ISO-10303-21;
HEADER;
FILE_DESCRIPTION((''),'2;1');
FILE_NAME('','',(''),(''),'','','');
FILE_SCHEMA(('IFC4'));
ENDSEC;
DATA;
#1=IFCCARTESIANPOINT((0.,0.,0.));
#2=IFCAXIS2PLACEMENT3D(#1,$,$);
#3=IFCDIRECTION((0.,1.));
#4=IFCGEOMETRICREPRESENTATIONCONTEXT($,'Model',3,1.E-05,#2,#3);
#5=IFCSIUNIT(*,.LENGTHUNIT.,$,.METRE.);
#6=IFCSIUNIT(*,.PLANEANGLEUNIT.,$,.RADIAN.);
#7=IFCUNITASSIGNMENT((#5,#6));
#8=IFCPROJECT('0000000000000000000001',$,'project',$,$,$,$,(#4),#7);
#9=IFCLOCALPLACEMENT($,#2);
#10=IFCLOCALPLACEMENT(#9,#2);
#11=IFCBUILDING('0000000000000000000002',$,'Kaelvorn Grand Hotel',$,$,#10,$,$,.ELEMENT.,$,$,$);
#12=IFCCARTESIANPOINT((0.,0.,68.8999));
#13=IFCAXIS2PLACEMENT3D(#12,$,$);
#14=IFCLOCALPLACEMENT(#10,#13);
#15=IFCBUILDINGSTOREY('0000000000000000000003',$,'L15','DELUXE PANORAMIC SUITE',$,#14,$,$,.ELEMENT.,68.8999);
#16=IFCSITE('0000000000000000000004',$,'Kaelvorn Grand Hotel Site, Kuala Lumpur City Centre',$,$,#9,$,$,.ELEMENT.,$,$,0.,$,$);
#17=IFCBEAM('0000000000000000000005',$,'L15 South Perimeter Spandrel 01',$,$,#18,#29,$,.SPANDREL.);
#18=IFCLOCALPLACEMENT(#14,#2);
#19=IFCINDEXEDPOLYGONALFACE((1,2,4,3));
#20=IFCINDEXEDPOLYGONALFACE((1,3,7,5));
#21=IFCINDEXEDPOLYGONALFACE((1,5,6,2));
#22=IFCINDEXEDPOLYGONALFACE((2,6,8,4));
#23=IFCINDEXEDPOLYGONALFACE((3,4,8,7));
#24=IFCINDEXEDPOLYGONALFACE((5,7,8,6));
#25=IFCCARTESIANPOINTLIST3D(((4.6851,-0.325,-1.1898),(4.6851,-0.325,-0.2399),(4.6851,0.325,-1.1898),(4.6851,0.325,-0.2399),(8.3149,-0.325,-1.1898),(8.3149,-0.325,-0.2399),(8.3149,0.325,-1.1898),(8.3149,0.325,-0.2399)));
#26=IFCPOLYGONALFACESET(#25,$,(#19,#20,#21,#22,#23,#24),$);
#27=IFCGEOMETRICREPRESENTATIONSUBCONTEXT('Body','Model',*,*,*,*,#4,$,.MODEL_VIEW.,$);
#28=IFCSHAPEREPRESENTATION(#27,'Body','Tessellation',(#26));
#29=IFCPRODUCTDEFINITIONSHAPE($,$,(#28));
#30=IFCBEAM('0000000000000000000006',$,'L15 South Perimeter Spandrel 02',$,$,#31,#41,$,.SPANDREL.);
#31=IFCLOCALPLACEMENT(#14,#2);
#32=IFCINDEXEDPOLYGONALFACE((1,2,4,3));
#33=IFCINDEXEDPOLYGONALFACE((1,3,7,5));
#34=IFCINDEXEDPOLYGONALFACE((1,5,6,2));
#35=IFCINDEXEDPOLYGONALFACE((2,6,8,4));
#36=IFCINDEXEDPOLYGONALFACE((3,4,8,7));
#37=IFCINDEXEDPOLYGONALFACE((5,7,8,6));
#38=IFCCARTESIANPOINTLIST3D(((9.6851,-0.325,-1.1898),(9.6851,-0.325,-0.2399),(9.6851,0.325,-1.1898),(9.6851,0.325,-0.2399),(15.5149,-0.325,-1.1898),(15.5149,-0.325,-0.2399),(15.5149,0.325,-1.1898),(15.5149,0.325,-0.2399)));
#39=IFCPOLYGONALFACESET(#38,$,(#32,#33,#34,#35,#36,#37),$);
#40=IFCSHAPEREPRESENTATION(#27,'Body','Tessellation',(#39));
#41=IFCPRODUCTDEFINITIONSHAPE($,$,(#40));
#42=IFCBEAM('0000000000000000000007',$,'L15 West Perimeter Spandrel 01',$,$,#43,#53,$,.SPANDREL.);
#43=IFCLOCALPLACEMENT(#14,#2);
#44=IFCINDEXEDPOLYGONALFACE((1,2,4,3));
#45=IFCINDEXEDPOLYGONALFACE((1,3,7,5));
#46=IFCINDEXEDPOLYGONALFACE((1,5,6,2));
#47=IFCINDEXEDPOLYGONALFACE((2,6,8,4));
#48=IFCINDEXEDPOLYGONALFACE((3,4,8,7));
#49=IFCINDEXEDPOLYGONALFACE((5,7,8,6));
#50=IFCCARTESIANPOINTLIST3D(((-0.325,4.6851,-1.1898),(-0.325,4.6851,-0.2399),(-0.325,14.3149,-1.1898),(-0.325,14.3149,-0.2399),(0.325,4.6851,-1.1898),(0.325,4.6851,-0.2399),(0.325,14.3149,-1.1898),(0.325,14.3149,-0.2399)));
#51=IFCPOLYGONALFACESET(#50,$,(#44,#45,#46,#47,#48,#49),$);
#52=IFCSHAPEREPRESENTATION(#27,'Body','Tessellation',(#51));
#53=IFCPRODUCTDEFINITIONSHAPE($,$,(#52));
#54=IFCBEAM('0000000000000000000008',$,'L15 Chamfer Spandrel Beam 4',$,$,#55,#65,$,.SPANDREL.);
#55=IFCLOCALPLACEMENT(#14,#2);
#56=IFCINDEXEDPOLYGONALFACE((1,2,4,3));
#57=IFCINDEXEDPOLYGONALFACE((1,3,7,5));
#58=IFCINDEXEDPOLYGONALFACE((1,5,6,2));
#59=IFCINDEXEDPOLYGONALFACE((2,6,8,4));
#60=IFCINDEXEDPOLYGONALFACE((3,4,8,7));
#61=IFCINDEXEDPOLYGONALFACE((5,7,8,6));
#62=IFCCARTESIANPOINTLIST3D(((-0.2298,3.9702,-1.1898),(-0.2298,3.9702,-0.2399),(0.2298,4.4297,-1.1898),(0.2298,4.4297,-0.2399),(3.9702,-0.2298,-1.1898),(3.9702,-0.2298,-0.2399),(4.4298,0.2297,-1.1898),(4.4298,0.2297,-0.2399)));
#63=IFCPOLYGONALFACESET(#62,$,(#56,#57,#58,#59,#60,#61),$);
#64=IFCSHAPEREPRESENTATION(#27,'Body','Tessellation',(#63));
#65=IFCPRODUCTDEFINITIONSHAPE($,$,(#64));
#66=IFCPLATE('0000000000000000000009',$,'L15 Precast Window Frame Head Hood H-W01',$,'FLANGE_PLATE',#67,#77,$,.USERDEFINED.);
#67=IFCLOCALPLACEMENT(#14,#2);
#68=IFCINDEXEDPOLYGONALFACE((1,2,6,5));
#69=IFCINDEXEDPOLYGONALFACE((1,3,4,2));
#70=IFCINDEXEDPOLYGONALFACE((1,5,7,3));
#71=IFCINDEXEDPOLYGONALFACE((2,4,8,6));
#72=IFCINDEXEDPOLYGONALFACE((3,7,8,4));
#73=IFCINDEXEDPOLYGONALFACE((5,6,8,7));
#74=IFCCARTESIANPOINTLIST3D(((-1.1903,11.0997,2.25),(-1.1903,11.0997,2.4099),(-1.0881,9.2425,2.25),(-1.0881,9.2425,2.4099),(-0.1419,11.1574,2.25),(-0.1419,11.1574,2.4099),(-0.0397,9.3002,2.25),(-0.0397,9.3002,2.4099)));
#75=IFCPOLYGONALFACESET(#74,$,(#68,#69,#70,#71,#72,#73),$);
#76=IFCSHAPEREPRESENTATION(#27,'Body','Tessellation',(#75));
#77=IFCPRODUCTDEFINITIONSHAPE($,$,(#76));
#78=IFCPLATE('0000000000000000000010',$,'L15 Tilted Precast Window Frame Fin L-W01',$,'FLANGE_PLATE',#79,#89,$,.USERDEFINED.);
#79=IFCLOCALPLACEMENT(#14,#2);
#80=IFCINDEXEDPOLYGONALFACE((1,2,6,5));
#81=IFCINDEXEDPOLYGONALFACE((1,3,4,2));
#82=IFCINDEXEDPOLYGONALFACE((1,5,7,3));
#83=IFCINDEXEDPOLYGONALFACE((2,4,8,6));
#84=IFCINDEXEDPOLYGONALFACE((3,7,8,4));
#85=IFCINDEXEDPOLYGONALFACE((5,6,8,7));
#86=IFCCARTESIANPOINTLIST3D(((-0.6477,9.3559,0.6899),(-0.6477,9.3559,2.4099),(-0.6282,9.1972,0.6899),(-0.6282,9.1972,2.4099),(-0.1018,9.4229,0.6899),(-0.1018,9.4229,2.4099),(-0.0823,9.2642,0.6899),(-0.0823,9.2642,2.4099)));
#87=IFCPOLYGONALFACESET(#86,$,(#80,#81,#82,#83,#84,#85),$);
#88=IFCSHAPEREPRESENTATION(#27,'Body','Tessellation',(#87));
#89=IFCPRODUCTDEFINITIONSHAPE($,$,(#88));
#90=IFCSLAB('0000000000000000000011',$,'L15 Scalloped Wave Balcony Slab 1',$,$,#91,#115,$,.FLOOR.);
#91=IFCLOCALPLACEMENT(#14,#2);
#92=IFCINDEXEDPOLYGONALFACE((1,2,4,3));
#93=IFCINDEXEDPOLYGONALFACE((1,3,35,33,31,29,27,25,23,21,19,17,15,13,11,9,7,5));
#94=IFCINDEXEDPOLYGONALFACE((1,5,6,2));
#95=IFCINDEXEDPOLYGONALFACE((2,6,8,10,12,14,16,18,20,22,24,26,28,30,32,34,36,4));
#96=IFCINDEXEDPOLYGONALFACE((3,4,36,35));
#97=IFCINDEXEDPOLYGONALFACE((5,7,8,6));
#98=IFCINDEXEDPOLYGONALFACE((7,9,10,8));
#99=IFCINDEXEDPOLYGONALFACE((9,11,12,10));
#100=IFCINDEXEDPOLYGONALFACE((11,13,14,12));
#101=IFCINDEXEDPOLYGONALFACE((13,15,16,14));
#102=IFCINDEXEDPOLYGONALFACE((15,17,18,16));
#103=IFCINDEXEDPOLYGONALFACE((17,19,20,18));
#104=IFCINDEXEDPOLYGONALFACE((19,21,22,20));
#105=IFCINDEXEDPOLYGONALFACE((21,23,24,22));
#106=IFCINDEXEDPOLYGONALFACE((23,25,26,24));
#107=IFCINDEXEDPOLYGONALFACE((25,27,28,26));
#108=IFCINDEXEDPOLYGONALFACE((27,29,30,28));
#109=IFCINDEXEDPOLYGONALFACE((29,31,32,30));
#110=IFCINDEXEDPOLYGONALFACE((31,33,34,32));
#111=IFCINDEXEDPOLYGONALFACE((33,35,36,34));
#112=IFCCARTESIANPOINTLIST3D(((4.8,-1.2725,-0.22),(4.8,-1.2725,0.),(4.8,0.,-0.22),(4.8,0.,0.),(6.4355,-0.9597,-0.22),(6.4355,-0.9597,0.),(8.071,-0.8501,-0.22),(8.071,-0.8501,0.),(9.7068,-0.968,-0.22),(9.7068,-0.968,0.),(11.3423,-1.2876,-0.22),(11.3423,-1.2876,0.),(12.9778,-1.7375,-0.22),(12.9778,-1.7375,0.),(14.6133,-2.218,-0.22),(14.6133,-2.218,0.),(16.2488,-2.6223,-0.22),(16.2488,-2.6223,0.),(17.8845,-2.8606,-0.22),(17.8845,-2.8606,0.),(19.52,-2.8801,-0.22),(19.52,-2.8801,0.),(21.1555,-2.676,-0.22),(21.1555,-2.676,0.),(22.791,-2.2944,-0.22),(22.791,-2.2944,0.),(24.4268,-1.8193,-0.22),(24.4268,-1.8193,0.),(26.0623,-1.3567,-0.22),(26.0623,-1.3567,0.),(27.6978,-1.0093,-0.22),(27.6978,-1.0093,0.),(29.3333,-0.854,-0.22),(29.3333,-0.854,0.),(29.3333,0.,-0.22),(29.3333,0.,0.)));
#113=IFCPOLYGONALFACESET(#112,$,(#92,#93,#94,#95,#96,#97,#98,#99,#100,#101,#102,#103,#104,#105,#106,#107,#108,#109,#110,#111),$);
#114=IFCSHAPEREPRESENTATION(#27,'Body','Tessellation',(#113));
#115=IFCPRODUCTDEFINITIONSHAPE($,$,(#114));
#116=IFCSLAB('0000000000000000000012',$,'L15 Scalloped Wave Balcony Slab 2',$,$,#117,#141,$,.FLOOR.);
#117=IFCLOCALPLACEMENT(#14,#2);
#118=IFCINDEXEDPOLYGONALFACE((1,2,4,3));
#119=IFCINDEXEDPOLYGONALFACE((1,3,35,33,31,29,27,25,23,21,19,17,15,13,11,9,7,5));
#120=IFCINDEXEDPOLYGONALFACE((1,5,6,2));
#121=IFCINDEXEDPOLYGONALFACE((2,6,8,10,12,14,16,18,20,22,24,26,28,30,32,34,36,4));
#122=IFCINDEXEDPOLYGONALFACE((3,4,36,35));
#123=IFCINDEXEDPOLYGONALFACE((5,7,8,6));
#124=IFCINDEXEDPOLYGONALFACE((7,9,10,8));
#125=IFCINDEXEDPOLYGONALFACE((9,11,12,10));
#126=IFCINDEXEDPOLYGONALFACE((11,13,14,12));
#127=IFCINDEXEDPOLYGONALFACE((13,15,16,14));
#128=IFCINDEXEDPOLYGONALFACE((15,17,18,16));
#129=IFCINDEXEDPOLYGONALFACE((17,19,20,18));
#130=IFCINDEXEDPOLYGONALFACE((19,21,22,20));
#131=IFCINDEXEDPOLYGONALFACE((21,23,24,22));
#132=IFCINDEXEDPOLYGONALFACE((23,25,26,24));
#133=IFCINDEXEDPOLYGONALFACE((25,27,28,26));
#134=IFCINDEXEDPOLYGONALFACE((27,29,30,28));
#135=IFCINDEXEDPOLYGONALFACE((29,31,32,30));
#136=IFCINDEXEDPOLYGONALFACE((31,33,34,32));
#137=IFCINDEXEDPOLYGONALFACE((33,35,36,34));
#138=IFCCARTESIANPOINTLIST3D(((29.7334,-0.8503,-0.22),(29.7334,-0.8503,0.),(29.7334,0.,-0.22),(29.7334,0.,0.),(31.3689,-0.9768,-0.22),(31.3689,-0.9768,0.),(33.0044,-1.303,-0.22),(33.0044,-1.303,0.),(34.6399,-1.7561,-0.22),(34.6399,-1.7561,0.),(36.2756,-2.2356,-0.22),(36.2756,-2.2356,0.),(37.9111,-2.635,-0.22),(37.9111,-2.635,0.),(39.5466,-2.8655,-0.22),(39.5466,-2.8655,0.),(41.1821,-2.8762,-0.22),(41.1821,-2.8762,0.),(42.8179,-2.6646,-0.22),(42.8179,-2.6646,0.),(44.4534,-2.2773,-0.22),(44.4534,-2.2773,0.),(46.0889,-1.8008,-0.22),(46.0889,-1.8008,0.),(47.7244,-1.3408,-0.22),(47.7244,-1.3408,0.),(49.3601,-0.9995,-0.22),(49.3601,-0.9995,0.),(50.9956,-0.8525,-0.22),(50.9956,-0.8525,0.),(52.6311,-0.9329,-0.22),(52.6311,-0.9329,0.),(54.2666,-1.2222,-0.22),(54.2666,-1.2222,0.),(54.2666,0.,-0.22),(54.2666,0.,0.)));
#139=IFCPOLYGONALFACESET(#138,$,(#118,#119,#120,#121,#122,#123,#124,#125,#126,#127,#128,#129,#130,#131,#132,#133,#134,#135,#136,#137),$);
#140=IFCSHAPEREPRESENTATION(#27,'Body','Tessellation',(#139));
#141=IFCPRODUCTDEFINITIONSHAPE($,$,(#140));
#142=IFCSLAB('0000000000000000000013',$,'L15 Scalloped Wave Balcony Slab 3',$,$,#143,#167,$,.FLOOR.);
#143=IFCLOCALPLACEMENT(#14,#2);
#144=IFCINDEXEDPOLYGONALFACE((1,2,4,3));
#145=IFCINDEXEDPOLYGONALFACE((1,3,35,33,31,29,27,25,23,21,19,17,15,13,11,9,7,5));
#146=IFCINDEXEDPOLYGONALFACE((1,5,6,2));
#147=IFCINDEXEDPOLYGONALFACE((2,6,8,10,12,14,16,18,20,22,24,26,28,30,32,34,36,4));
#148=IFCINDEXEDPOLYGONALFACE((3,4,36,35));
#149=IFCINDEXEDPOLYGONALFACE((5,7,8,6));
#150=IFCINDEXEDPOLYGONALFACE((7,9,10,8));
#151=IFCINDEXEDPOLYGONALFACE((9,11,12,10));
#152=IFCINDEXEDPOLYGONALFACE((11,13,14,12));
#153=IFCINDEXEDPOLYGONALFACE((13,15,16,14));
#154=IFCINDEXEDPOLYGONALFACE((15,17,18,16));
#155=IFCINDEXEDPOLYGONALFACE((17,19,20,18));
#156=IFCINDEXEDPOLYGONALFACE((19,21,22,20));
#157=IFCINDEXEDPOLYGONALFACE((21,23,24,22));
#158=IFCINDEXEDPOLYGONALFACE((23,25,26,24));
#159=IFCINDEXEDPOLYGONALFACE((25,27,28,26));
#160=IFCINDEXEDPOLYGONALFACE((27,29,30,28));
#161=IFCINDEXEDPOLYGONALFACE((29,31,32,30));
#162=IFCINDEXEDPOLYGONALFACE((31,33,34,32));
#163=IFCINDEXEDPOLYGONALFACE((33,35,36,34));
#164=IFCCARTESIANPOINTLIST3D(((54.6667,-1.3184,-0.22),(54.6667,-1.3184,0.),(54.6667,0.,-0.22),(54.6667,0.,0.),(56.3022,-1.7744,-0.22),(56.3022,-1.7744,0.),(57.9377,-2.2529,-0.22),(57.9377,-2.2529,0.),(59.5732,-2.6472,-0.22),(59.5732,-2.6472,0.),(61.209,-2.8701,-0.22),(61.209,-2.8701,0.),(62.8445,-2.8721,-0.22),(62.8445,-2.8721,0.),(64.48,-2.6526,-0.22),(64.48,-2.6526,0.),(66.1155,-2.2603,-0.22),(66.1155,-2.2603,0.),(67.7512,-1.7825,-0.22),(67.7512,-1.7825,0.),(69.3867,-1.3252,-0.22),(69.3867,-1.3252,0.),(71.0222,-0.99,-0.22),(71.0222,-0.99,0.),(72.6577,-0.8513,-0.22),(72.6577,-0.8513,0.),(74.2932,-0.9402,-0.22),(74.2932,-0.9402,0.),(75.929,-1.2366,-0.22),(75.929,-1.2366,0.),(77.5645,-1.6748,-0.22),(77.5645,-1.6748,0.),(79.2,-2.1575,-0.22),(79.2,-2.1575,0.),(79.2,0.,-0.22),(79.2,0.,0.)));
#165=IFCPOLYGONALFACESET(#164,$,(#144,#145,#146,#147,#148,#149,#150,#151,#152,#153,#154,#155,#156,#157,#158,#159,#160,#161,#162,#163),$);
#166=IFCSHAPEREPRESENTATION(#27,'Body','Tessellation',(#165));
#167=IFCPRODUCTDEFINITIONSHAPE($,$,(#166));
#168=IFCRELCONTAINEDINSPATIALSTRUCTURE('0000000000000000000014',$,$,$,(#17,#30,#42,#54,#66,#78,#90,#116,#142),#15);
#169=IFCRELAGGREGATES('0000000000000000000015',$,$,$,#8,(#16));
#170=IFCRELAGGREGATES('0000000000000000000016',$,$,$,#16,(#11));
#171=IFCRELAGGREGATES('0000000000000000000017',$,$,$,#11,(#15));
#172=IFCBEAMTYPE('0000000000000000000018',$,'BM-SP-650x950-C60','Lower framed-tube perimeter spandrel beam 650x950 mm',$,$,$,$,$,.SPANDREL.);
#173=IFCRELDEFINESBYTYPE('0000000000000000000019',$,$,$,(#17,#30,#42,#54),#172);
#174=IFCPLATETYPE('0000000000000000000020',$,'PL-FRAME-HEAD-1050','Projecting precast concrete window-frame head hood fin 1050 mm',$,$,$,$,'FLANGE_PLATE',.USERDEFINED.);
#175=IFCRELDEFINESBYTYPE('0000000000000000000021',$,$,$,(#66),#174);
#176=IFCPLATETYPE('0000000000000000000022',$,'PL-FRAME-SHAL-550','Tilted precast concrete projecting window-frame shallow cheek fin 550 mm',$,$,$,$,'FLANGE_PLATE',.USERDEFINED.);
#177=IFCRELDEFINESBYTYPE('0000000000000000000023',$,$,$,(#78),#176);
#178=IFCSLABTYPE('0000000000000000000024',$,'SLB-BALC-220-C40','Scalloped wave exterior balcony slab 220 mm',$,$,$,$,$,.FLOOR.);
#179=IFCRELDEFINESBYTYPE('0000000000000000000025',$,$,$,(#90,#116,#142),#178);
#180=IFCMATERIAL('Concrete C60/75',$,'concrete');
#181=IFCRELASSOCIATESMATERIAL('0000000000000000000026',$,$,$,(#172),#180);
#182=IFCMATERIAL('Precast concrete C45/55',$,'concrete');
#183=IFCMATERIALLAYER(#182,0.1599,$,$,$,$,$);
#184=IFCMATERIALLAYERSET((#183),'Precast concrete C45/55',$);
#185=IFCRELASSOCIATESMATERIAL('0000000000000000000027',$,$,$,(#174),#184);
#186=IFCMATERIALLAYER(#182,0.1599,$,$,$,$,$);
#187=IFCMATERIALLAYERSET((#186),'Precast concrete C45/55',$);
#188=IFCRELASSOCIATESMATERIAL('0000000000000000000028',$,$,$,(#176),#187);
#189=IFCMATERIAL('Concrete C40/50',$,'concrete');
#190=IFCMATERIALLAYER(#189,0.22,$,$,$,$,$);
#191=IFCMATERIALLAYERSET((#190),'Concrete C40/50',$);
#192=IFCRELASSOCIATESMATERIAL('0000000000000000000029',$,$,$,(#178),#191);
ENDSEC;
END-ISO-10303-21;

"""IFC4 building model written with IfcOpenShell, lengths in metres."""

from ifc_helpers import new_model, si_unit, direction, frame, origin, origin_2d, place, context, subcontext, project, spatial, polyline, rectangle, outline, extrude, material, layer, layer_set, material_profile, profile_set, type_object, element, save


model = new_model("IFC4")

# Units and contexts
model_context = context("Model", 3, precision=1e-05, world=origin(), true_north=direction((0.0, 1.0)))
body_context = subcontext(model_context, "Body", "Model", "MODEL_VIEW")
ifc_project = project(units=[si_unit("LENGTHUNIT", "METRE"), si_unit("PLANEANGLEUNIT", "RADIAN")], contexts=[model_context])

# Site, building, storey
site_placement = place(None, origin())
site = spatial("IfcSite", under=ifc_project, at=site_placement, Name="Kaelvorn Grand Hotel Site, Kuala Lumpur City Centre", CompositionType="ELEMENT", RefElevation=0.0)
building_placement = place(site_placement, origin())
building = spatial("IfcBuilding", under=site, at=building_placement, Name="Kaelvorn Grand Hotel", CompositionType="ELEMENT")
storey_placement = place(building_placement, frame((0.0, 0.0, 68.8999)))
storey = spatial("IfcBuildingStorey", under=building, at=storey_placement, Name="L15", Description="DELUXE PANORAMIC SUITE", CompositionType="ELEMENT", Elevation=68.8999)

# Beams
ifc_material_1 = material(Name="Concrete C60/75", Category="concrete")
ifc_material_profile_1 = material_profile(ifc_material_1, rectangle(XDim=0.6499, YDim=0.95, at=origin_2d()), Name="RC SPANDREL 650x950")
ifc_profile_set_1 = profile_set([ifc_material_profile_1], Name="Concrete C60/75")
beam_type_1 = type_object("IfcBeamType", Name="BM-SP-650x950-C60", Description="Lower framed-tube perimeter spandrel beam 650x950 mm", PredefinedType="SPANDREL", material=ifc_profile_set_1)
beam_1_placement = place(storey_placement, frame((4.6851, 0.0, -0.7148), z_axis=(1.0, 0.0, 0.0), x_axis=(0.0, 1.0, 0.0)))
element("IfcBeam", 1, at=beam_1_placement, inside=storey, type_object=beam_type_1, Name="L15 South Perimeter Spandrel 01", PredefinedType="SPANDREL", context=body_context, shape_type="SweptSolid", body=[
    extrude(rectangle(XDim=0.6499, YDim=0.95, at=origin_2d()), origin(), (0.0, 0.0, 1.0), 3.6299),
])
beam_2_placement = place(storey_placement, frame((9.6851, 0.0, -0.7148), z_axis=(1.0, 0.0, 0.0), x_axis=(0.0, 1.0, 0.0)))
element("IfcBeam", 2, at=beam_2_placement, inside=storey, type_object=beam_type_1, Name="L15 South Perimeter Spandrel 02", PredefinedType="SPANDREL", context=body_context, shape_type="SweptSolid", body=[
    extrude(rectangle(XDim=0.6499, YDim=0.95, at=origin_2d()), origin(), (0.0, 0.0, 1.0), 5.8298),
])
beam_3_placement = place(storey_placement, frame((0.0, 4.6851, -0.7148), z_axis=(0.0, 1.0, 0.0), x_axis=(-1.0, 0.0, 0.0)))
element("IfcBeam", 3, at=beam_3_placement, inside=storey, type_object=beam_type_1, Name="L15 West Perimeter Spandrel 01", PredefinedType="SPANDREL", context=body_context, shape_type="SweptSolid", body=[
    extrude(rectangle(XDim=0.6499, YDim=0.95, at=origin_2d()), origin(), (0.0, 0.0, 1.0), 9.6299),
])
beam_4_placement = place(storey_placement, frame((0.0, 4.2, -0.7148), z_axis=(0.707107, -0.707107, 0.0), x_axis=(0.707107, 0.707107, 0.0)))
element("IfcBeam", 4, at=beam_4_placement, inside=storey, type_object=beam_type_1, Name="L15 Chamfer Spandrel Beam 4", PredefinedType="SPANDREL", context=body_context, shape_type="SweptSolid", body=[
    extrude(rectangle(XDim=0.6499, YDim=0.95, at=origin_2d()), origin(), (0.0, 0.0, 1.0), 5.9397),
])

# Plates
ifc_material_2 = material(Name="Precast concrete C45/55", Category="concrete")
ifc_layer_1 = layer(ifc_material_2, 0.1599)
ifc_layer_set_1 = layer_set([ifc_layer_1], Name="Precast concrete C45/55")
plate_type_1 = type_object("IfcPlateType", Name="PL-FRAME-HEAD-1050", Description="Projecting precast concrete window-frame head hood fin 1050 mm", ElementType="FLANGE_PLATE", PredefinedType="USERDEFINED", material=ifc_layer_set_1)
plate_1_placement = place(storey_placement, frame((-0.615, 10.2, 2.25), z_axis=(0.0, 0.0, 1.0), x_axis=(-0.05495, 0.998489, 0.0)))
element("IfcPlate", 5, at=plate_1_placement, inside=storey, type_object=plate_type_1, Name="L15 Precast Window Frame Head Hood H-W01", ObjectType="FLANGE_PLATE", PredefinedType="USERDEFINED", context=body_context, shape_type="SweptSolid", body=[
    extrude(rectangle(XDim=1.8601, YDim=1.05, at=origin_2d()), origin(), (0.0, 0.0, 1.0), 0.1599),
])
ifc_layer_2 = layer(ifc_material_2, 0.1599)
ifc_layer_set_2 = layer_set([ifc_layer_2], Name="Precast concrete C45/55")
plate_type_2 = type_object("IfcPlateType", Name="PL-FRAME-SHAL-550", Description="Tilted precast concrete projecting window-frame shallow cheek fin 550 mm", ElementType="FLANGE_PLATE", PredefinedType="USERDEFINED", material=ifc_layer_set_2)
plate_2_placement = place(storey_placement, frame((-0.365, 9.3101, 0.6899), z_axis=(0.0, 0.0, 1.0), x_axis=(-0.121869, 0.992546, 0.0)))
element("IfcPlate", 6, at=plate_2_placement, inside=storey, type_object=plate_type_2, Name="L15 Tilted Precast Window Frame Fin L-W01", ObjectType="FLANGE_PLATE", PredefinedType="USERDEFINED", context=body_context, shape_type="SweptSolid", body=[
    extrude(rectangle(XDim=0.1599, YDim=0.55, at=origin_2d()), origin(), (0.0, 0.0, 1.0), 1.72),
])

# Slabs
ifc_material_3 = material(Name="Concrete C40/50", Category="concrete")
ifc_layer_3 = layer(ifc_material_3, 0.22)
ifc_layer_set_3 = layer_set([ifc_layer_3], Name="Concrete C40/50")
slab_type_1 = type_object("IfcSlabType", Name="SLB-BALC-220-C40", Description="Scalloped wave exterior balcony slab 220 mm", PredefinedType="FLOOR", material=ifc_layer_set_3)
slab_1_placement = place(storey_placement, frame((0.0, 0.0, -0.22)))
element("IfcSlab", 7, at=slab_1_placement, inside=storey, type_object=slab_type_1, Name="L15 Scalloped Wave Balcony Slab 1", PredefinedType="FLOOR", context=body_context, shape_type="SweptSolid", body=[
    extrude(outline(polyline([(4.8, -1.2725), (6.4355, -0.9597), (8.071, -0.8501), (9.7068, -0.968), (11.3423, -1.2876), (12.9778, -1.7375), (14.6133, -2.218), (16.2488, -2.6223), (17.8845, -2.8606), (19.52, -2.8801), (21.1555, -2.676), (22.791, -2.2944), (24.4268, -1.8193), (26.0623, -1.3567), (27.6978, -1.0093), (29.3333, -0.854), (29.3333, 0.0), (4.8, 0.0), (4.8, -1.2725)])), origin(), (0.0, 0.0, 1.0), 0.22),
])
slab_2_placement = place(storey_placement, frame((0.0, 0.0, -0.22)))
element("IfcSlab", 8, at=slab_2_placement, inside=storey, type_object=slab_type_1, Name="L15 Scalloped Wave Balcony Slab 2", PredefinedType="FLOOR", context=body_context, shape_type="SweptSolid", body=[
    extrude(outline(polyline([(29.7334, -0.8503), (31.3689, -0.9768), (33.0044, -1.303), (34.6399, -1.7561), (36.2756, -2.2356), (37.9111, -2.635), (39.5466, -2.8655), (41.1821, -2.8762), (42.8179, -2.6646), (44.4534, -2.2773), (46.0889, -1.8008), (47.7244, -1.3408), (49.3601, -0.9995), (50.9956, -0.8525), (52.6311, -0.9329), (54.2666, -1.2222), (54.2666, 0.0), (29.7334, 0.0), (29.7334, -0.8503)])), origin(), (0.0, 0.0, 1.0), 0.22),
])
slab_3_placement = place(storey_placement, frame((0.0, 0.0, -0.22)))
element("IfcSlab", 9, at=slab_3_placement, inside=storey, type_object=slab_type_1, Name="L15 Scalloped Wave Balcony Slab 3", PredefinedType="FLOOR", context=body_context, shape_type="SweptSolid", body=[
    extrude(outline(polyline([(54.6667, -1.3184), (56.3022, -1.7744), (57.9377, -2.2529), (59.5732, -2.6472), (61.209, -2.8701), (62.8445, -2.8721), (64.48, -2.6526), (66.1155, -2.2603), (67.7512, -1.7825), (69.3867, -1.3252), (71.0222, -0.99), (72.6577, -0.8513), (74.2932, -0.9402), (75.929, -1.2366), (77.5645, -1.6748), (79.2, -2.1575), (79.2, 0.0), (54.6667, 0.0), (54.6667, -1.3184)])), origin(), (0.0, 0.0, 1.0), 0.22),
])

save(model, "model.ifc")
